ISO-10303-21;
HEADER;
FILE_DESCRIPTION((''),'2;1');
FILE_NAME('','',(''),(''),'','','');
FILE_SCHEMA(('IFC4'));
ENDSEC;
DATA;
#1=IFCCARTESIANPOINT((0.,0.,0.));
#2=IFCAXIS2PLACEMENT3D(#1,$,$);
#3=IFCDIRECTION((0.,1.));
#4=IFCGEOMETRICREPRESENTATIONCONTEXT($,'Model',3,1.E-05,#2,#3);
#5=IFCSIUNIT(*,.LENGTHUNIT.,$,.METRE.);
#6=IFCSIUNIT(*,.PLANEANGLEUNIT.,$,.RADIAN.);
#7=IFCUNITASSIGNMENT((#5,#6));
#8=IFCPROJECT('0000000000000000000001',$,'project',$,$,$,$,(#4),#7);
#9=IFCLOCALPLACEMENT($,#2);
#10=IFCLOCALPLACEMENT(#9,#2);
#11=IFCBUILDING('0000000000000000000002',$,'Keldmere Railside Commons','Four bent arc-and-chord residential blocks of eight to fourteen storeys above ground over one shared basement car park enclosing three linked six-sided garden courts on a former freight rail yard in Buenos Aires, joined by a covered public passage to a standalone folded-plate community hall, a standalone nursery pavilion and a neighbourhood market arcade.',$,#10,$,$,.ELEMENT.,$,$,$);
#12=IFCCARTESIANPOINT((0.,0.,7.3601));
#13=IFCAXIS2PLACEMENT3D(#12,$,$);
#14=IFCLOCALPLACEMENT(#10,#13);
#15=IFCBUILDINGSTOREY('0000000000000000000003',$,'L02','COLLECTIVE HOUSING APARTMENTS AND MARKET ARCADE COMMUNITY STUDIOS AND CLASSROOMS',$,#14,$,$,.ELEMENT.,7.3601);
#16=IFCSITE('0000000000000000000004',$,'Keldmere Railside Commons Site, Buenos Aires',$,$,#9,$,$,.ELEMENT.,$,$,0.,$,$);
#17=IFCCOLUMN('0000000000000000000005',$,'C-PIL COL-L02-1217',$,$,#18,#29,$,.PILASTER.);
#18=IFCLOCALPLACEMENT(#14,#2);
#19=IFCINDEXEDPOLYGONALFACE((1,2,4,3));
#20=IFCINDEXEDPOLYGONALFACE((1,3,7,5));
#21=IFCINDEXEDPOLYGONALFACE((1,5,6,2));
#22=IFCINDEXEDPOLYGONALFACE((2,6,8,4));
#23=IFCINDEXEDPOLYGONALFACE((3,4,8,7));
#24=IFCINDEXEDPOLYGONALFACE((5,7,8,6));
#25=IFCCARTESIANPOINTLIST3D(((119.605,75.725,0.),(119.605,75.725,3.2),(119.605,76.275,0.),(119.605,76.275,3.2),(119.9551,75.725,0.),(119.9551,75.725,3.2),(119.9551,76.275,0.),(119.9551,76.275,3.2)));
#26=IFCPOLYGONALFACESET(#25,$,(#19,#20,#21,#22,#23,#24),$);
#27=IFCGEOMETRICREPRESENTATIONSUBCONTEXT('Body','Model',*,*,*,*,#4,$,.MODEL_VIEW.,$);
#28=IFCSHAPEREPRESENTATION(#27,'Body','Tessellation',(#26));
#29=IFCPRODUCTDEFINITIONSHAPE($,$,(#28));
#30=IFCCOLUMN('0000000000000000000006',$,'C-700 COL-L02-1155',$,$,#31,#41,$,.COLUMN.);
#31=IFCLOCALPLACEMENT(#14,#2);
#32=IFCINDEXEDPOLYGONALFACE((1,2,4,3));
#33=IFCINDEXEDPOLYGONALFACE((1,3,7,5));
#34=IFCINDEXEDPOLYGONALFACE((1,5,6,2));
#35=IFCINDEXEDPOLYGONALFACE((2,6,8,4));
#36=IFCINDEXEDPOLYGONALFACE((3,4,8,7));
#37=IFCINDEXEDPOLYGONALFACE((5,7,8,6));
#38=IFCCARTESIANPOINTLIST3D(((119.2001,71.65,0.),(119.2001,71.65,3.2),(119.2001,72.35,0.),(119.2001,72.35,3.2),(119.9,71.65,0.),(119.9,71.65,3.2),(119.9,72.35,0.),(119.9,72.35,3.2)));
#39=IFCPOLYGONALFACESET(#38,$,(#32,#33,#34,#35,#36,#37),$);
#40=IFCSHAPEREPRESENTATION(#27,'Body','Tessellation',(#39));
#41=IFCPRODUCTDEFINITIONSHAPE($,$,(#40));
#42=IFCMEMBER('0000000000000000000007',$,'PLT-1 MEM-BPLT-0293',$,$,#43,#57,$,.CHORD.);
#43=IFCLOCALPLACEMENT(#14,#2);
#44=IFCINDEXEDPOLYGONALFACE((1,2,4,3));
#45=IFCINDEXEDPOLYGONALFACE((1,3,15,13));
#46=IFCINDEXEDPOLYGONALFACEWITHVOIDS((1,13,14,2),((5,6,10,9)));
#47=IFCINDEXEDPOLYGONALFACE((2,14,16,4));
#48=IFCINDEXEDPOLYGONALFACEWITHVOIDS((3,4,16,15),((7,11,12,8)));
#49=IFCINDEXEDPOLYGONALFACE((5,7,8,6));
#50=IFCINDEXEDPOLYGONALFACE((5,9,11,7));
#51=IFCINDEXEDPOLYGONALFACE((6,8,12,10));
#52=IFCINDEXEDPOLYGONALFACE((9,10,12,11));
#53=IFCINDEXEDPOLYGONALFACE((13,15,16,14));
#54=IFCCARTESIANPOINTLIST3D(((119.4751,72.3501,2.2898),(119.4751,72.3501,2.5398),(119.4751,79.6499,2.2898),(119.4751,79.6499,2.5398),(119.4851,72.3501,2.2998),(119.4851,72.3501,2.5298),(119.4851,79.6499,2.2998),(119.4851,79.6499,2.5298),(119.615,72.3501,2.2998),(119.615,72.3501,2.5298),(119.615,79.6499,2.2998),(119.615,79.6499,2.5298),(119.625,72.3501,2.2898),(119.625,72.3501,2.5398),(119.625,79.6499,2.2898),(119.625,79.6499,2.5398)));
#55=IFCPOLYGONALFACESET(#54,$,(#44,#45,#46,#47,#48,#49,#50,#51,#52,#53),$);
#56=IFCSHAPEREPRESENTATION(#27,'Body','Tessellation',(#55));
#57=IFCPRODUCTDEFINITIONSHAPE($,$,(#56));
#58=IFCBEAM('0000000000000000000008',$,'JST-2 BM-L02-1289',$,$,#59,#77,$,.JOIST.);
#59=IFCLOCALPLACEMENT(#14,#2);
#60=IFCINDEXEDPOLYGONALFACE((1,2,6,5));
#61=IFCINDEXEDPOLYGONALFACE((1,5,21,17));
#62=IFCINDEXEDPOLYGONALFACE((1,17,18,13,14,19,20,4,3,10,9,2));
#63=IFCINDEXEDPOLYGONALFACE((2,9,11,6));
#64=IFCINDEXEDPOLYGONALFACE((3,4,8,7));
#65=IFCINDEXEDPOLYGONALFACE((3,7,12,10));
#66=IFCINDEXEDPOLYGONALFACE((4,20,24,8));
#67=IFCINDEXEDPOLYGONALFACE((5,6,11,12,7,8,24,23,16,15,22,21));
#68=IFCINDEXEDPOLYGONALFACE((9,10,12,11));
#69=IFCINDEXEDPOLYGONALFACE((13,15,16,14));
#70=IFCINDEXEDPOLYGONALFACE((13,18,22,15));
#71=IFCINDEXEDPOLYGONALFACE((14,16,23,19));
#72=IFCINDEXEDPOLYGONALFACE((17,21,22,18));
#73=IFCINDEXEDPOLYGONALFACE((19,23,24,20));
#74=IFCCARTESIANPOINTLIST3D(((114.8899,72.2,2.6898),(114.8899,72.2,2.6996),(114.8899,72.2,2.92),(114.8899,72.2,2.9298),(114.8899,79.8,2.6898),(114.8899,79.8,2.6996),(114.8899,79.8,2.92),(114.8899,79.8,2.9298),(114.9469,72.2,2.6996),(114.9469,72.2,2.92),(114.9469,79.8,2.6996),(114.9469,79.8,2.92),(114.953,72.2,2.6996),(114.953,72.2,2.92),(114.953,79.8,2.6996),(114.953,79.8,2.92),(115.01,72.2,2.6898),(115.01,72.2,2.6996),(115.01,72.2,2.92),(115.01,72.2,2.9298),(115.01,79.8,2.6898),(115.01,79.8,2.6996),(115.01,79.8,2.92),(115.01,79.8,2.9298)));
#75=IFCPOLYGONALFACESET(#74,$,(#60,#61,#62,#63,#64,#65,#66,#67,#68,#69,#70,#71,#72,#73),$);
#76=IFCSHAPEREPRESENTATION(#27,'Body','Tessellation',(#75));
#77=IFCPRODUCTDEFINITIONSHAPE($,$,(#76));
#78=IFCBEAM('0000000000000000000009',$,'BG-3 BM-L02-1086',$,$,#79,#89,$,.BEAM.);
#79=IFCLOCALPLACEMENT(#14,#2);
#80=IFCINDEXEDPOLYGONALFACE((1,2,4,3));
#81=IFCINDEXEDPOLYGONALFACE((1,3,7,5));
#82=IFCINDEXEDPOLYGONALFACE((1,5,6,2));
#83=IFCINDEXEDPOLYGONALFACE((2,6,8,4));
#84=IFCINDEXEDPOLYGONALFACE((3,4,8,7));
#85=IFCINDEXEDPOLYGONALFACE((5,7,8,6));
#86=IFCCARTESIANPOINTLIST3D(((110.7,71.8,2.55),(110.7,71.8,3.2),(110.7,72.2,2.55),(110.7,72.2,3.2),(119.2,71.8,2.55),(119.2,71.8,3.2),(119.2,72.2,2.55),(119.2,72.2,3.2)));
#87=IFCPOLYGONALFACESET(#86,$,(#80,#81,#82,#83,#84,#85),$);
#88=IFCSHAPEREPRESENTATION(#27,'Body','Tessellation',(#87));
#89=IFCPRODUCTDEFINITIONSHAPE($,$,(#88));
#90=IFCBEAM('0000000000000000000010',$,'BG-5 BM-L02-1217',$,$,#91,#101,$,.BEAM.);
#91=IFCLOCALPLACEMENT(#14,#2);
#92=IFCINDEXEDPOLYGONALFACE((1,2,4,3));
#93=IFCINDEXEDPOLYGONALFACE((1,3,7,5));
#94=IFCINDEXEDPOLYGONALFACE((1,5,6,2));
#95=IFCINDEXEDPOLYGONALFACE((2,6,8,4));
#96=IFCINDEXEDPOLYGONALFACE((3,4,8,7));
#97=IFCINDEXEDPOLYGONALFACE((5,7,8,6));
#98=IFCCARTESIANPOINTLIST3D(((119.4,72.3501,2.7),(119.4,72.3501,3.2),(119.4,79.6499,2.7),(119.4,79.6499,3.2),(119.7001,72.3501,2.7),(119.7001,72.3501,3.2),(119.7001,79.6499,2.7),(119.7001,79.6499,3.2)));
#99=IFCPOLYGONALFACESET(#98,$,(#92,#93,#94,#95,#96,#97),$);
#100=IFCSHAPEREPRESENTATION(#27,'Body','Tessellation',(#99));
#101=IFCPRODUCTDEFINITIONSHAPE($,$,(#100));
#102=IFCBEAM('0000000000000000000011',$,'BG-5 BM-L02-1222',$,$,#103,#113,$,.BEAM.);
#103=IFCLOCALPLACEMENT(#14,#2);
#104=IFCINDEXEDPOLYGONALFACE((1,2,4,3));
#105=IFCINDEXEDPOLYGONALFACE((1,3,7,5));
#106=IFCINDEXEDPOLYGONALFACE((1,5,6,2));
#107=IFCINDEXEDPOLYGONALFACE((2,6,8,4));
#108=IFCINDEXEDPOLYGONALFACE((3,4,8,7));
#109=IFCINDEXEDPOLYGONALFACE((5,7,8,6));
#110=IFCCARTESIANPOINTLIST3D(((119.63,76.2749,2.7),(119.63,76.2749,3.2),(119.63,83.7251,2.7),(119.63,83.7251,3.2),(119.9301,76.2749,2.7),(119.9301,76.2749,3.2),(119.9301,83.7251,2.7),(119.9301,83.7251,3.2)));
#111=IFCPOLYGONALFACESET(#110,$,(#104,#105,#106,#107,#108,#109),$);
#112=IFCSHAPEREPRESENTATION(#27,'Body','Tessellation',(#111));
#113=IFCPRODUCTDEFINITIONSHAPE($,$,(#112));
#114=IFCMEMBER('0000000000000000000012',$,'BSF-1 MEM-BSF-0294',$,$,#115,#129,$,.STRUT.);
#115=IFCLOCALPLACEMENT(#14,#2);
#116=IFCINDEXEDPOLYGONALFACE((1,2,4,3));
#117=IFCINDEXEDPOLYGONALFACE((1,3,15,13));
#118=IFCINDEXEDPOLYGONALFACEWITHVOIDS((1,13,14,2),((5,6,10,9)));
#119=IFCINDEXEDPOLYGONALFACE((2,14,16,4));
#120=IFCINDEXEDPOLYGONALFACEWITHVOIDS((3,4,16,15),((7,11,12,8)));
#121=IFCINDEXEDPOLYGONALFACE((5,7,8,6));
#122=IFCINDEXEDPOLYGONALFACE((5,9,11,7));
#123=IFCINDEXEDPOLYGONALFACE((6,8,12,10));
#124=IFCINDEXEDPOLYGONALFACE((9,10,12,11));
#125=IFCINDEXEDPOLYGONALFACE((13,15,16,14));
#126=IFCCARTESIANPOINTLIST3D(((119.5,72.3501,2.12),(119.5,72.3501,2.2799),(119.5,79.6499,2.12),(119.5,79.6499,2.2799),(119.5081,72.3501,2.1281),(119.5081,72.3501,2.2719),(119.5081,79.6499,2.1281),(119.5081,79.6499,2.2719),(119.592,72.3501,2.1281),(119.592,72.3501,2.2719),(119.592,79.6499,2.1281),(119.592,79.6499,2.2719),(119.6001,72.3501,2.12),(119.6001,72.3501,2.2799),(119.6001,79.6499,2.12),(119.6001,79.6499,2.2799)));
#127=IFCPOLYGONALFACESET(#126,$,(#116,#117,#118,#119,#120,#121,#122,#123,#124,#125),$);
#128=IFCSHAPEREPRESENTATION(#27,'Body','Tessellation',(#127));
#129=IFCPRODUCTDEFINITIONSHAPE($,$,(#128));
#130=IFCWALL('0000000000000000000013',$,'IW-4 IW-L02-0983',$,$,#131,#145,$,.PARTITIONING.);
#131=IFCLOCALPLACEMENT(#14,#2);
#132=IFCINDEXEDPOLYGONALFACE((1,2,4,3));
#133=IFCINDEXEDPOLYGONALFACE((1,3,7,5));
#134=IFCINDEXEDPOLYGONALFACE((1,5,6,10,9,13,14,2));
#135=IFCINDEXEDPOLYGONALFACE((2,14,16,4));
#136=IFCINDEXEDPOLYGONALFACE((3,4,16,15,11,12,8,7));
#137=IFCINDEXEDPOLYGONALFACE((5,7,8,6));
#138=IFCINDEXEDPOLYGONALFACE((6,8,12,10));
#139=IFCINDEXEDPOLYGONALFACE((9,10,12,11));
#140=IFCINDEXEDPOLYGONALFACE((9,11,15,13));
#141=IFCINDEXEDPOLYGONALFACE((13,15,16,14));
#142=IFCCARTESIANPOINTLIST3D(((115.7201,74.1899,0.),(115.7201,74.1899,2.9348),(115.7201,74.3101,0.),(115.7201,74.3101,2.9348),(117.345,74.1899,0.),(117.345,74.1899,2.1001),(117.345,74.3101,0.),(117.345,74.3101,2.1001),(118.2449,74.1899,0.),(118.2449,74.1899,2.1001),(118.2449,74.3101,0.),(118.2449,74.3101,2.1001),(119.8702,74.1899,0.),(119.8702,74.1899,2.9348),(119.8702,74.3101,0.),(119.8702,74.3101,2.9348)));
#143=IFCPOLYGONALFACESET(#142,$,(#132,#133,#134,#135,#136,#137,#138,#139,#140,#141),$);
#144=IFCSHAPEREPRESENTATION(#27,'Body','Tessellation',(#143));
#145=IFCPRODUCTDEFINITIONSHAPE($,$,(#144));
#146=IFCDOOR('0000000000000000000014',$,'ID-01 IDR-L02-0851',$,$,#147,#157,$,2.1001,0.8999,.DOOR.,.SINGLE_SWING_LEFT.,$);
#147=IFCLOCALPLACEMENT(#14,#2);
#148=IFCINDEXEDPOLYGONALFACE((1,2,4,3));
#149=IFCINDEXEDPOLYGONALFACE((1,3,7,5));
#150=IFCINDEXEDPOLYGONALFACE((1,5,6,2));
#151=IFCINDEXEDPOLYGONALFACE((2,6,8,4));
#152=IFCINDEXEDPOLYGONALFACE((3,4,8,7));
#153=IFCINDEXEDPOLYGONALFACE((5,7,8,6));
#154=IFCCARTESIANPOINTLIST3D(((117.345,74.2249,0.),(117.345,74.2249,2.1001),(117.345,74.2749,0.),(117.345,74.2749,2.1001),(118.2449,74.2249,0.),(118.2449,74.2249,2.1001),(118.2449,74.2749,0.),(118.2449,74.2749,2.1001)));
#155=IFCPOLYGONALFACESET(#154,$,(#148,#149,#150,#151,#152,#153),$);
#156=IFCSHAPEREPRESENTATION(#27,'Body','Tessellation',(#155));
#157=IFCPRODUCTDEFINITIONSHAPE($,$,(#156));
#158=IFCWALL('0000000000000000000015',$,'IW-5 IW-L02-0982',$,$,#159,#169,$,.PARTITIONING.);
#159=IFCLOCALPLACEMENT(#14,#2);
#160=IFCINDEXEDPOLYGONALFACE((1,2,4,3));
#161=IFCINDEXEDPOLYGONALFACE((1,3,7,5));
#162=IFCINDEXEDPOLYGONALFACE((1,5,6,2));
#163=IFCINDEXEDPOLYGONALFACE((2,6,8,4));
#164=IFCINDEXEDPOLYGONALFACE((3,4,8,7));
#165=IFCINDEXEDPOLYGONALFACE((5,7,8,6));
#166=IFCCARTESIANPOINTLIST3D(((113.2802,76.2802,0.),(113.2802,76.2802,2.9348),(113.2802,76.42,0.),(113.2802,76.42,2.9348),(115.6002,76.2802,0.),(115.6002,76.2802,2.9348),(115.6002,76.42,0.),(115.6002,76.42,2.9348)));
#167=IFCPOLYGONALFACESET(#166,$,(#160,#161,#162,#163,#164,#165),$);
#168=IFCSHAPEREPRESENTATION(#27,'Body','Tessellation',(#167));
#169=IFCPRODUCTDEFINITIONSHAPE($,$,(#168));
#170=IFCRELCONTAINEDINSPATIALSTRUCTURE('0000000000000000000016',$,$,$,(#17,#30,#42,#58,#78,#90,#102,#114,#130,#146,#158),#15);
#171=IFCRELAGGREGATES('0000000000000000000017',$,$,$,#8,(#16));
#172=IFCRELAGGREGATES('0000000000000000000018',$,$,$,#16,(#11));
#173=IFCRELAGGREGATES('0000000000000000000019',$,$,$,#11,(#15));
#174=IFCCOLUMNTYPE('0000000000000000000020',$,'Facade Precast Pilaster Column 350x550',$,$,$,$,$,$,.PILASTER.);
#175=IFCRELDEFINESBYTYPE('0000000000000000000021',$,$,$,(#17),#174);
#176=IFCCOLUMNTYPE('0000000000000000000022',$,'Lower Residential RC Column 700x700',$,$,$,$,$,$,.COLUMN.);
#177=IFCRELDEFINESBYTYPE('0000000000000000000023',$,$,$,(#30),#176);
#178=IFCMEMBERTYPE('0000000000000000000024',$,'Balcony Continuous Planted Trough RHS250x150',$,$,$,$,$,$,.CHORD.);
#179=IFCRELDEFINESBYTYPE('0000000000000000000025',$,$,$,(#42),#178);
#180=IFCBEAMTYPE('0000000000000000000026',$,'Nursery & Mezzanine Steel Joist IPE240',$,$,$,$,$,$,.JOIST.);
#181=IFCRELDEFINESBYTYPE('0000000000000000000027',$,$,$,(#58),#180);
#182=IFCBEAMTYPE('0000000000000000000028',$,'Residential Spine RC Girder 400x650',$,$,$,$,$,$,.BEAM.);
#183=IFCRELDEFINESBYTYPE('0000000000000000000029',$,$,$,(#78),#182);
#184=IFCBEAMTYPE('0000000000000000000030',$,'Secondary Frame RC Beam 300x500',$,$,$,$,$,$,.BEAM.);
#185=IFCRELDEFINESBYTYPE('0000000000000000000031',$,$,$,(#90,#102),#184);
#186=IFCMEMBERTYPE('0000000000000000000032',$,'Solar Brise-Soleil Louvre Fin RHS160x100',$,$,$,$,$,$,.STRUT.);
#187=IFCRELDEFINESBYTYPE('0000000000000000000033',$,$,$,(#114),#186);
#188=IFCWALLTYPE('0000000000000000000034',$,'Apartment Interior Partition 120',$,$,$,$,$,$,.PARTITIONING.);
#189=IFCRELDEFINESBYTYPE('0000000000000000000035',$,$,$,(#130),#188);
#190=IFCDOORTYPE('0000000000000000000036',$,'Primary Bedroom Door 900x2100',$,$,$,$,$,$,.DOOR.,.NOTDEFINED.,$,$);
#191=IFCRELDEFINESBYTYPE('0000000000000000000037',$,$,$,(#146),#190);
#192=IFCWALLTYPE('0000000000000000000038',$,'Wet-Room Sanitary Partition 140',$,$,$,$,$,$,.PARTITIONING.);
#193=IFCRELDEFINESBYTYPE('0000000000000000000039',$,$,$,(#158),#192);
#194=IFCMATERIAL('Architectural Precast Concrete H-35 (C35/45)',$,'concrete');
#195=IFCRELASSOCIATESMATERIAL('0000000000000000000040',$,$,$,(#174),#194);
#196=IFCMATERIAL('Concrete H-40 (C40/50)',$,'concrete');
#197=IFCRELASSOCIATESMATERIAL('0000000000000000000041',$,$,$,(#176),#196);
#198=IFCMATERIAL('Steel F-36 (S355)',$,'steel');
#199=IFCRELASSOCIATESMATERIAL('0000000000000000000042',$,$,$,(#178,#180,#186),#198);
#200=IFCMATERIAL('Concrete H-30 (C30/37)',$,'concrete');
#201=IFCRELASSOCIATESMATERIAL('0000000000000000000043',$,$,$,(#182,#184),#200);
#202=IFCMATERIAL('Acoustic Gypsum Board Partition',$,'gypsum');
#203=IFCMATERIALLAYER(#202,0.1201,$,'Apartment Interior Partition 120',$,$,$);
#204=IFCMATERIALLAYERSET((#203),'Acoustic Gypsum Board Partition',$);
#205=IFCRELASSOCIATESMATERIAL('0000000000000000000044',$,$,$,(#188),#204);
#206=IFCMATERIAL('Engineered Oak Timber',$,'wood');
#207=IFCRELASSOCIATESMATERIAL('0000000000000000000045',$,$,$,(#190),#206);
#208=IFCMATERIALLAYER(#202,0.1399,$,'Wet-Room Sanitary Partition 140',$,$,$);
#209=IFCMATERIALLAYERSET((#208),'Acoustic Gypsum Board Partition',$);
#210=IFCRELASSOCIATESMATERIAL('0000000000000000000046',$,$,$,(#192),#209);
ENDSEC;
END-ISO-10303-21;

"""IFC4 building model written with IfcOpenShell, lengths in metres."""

from ifc_helpers import new_model, si_unit, direction, frame, frame_2d, origin, origin_2d, place, context, subcontext, project, spatial, rectangle, hollow_rectangle, i_section, extrude, material, layer, layer_set, material_profile, profile_set, type_object, element, fill, save


model = new_model("IFC4")

# Units and contexts
model_context = context("Model", 3, precision=1e-05, world=origin(), true_north=direction((0.0, 1.0)))
body_context = subcontext(model_context, "Body", "Model", "MODEL_VIEW")
ifc_project = project(units=[si_unit("LENGTHUNIT", "METRE"), si_unit("PLANEANGLEUNIT", "RADIAN")], contexts=[model_context])

# Site, building, storey
site_placement = place(None, origin())
site = spatial("IfcSite", under=ifc_project, at=site_placement, Name="Keldmere Railside Commons Site, Buenos Aires", CompositionType="ELEMENT", RefElevation=0.0)
building_placement = place(site_placement, origin())
building = spatial("IfcBuilding", under=site, at=building_placement, Name="Keldmere Railside Commons", Description="Four bent arc-and-chord residential blocks of eight to fourteen storeys above ground over one shared basement car park enclosing three linked six-sided garden courts on a former freight rail yard in Buenos Aires, joined by a covered public passage to a standalone folded-plate community hall, a standalone nursery pavilion and a neighbourhood market arcade.", CompositionType="ELEMENT")
storey_placement = place(building_placement, frame((0.0, 0.0, 7.3601)))
storey = spatial("IfcBuildingStorey", under=building, at=storey_placement, Name="L02", Description="COLLECTIVE HOUSING APARTMENTS AND MARKET ARCADE COMMUNITY STUDIOS AND CLASSROOMS", CompositionType="ELEMENT", Elevation=7.3601)

# Columns
ifc_material_1 = material(Name="Architectural Precast Concrete H-35 (C35/45)", Category="concrete")
ifc_material_profile_1 = material_profile(ifc_material_1, rectangle(XDim=0.3501, YDim=0.55, at=origin_2d()), Name="RC-350x550")
ifc_profile_set_1 = profile_set([ifc_material_profile_1], Name="Architectural Precast Concrete H-35 (C35/45)")
column_type_1 = type_object("IfcColumnType", Name="Facade Precast Pilaster Column 350x550", PredefinedType="PILASTER", material=ifc_profile_set_1)
column_1_placement = place(storey_placement, frame((119.78, 76.0, 0.0), z_axis=(0.0, 0.0, 1.0), x_axis=(1.0, 0.0, 0.0)))
element("IfcColumn", 1, at=column_1_placement, inside=storey, type_object=column_type_1, Name="C-PIL COL-L02-1217", PredefinedType="PILASTER", context=body_context, shape_type="SweptSolid", body=[
    extrude(rectangle(XDim=0.3501, YDim=0.55, at=origin_2d()), origin(), (0.0, 0.0, 1.0), 3.2),
])
ifc_material_2 = material(Name="Concrete H-40 (C40/50)", Category="concrete")
ifc_material_profile_2 = material_profile(ifc_material_2, rectangle(XDim=0.7, YDim=0.7, at=origin_2d()), Name="RC-700x700")
ifc_profile_set_2 = profile_set([ifc_material_profile_2], Name="Concrete H-40 (C40/50)")
column_type_2 = type_object("IfcColumnType", Name="Lower Residential RC Column 700x700", PredefinedType="COLUMN", material=ifc_profile_set_2)
column_2_placement = place(storey_placement, frame((119.55, 72.0, 0.0), z_axis=(0.0, 0.0, 1.0), x_axis=(1.0, 0.0, 0.0)))
element("IfcColumn", 2, at=column_2_placement, inside=storey, type_object=column_type_2, Name="C-700 COL-L02-1155", PredefinedType="COLUMN", context=body_context, shape_type="SweptSolid", body=[
    extrude(rectangle(XDim=0.7, YDim=0.7, at=origin_2d()), origin(), (0.0, 0.0, 1.0), 3.2),
])

# Member
ifc_material_3 = material(Name="Steel F-36 (S355)", Category="steel")
ifc_material_profile_3 = material_profile(ifc_material_3, hollow_rectangle(XDim=0.1499, YDim=0.25, WallThickness=0.01, at=origin_2d()), Name="RHS-250x150x10")
ifc_profile_set_3 = profile_set([ifc_material_profile_3], Name="Steel F-36 (S355)")
member_type_1 = type_object("IfcMemberType", Name="Balcony Continuous Planted Trough RHS250x150", PredefinedType="CHORD", material=ifc_profile_set_3)
member_1_placement = place(storey_placement, frame((119.55, 72.3501, 2.4148), z_axis=(0.0, 1.0, 0.0), x_axis=(-1.0, 0.0, 0.0)))
element("IfcMember", 3, at=member_1_placement, inside=storey, type_object=member_type_1, Name="PLT-1 MEM-BPLT-0293", PredefinedType="CHORD", context=body_context, shape_type="SweptSolid", body=[
    extrude(hollow_rectangle(XDim=0.1499, YDim=0.25, WallThickness=0.01, at=origin_2d()), origin(), (0.0, 0.0, 1.0), 7.2998),
])

# Beams
ifc_material_profile_4 = material_profile(ifc_material_3, i_section(OverallWidth=0.1201, OverallDepth=0.24, WebThickness=0.0061, FlangeThickness=0.0098, at=origin_2d()), Name="IPE-240")
ifc_profile_set_4 = profile_set([ifc_material_profile_4], Name="Steel F-36 (S355)")
beam_type_1 = type_object("IfcBeamType", Name="Nursery & Mezzanine Steel Joist IPE240", PredefinedType="JOIST", material=ifc_profile_set_4)
beam_1_placement = place(storey_placement, frame((114.95, 72.2, 2.8098), z_axis=(0.0, 1.0, 0.0), x_axis=(-1.0, 0.0, 0.0)))
element("IfcBeam", 4, at=beam_1_placement, inside=storey, type_object=beam_type_1, Name="JST-2 BM-L02-1289", PredefinedType="JOIST", context=body_context, shape_type="SweptSolid", body=[
    extrude(i_section(OverallWidth=0.1201, OverallDepth=0.24, WebThickness=0.0061, FlangeThickness=0.0098, at=origin_2d()), origin(), (0.0, 0.0, 1.0), 7.6001),
])
ifc_material_4 = material(Name="Concrete H-30 (C30/37)", Category="concrete")
ifc_material_profile_5 = material_profile(ifc_material_4, rectangle(XDim=0.3999, YDim=0.6499, at=origin_2d()), Name="RC-400x650")
ifc_profile_set_5 = profile_set([ifc_material_profile_5], Name="Concrete H-30 (C30/37)")
beam_type_2 = type_object("IfcBeamType", Name="Residential Spine RC Girder 400x650", PredefinedType="BEAM", material=ifc_profile_set_5)
beam_2_placement = place(storey_placement, frame((110.7, 72.0, 2.875), z_axis=(1.0, 0.0, 0.0), x_axis=(0.0, 1.0, 0.0)))
element("IfcBeam", 5, at=beam_2_placement, inside=storey, type_object=beam_type_2, Name="BG-3 BM-L02-1086", PredefinedType="BEAM", context=body_context, shape_type="SweptSolid", body=[
    extrude(rectangle(XDim=0.3999, YDim=0.6499, at=origin_2d()), origin(), (0.0, 0.0, 1.0), 8.5),
])
ifc_material_profile_6 = material_profile(ifc_material_4, rectangle(XDim=0.3, YDim=0.5, at=origin_2d()), Name="RC-300x500")
ifc_profile_set_6 = profile_set([ifc_material_profile_6], Name="Concrete H-30 (C30/37)")
beam_type_3 = type_object("IfcBeamType", Name="Secondary Frame RC Beam 300x500", PredefinedType="BEAM", material=ifc_profile_set_6)
beam_3_placement = place(storey_placement, frame((119.55, 72.3501, 2.95), z_axis=(0.0, 1.0, 0.0), x_axis=(-1.0, 0.0, 0.0)))
element("IfcBeam", 6, at=beam_3_placement, inside=storey, type_object=beam_type_3, Name="BG-5 BM-L02-1217", PredefinedType="BEAM", context=body_context, shape_type="SweptSolid", body=[
    extrude(rectangle(XDim=0.3, YDim=0.5, at=origin_2d()), origin(), (0.0, 0.0, 1.0), 7.2998),
])
beam_4_placement = place(storey_placement, frame((119.78, 76.2749, 2.95), z_axis=(0.0, 1.0, 0.0), x_axis=(-1.0, 0.0, 0.0)))
element("IfcBeam", 7, at=beam_4_placement, inside=storey, type_object=beam_type_3, Name="BG-5 BM-L02-1222", PredefinedType="BEAM", context=body_context, shape_type="SweptSolid", body=[
    extrude(rectangle(XDim=0.3, YDim=0.5, at=origin_2d()), origin(), (0.0, 0.0, 1.0), 7.4502),
])

# Member
ifc_material_profile_7 = material_profile(ifc_material_3, hollow_rectangle(XDim=0.1001, YDim=0.1599, WallThickness=0.0081, at=origin_2d()), Name="RHS-160x100x8")
ifc_profile_set_7 = profile_set([ifc_material_profile_7], Name="Steel F-36 (S355)")
member_type_2 = type_object("IfcMemberType", Name="Solar Brise-Soleil Louvre Fin RHS160x100", PredefinedType="STRUT", material=ifc_profile_set_7)
member_2_placement = place(storey_placement, frame((119.55, 72.3501, 2.2), z_axis=(0.0, 1.0, 0.0), x_axis=(-1.0, 0.0, 0.0)))
element("IfcMember", 8, at=member_2_placement, inside=storey, type_object=member_type_2, Name="BSF-1 MEM-BSF-0294", PredefinedType="STRUT", context=body_context, shape_type="SweptSolid", body=[
    extrude(hollow_rectangle(XDim=0.1001, YDim=0.1599, WallThickness=0.0081, at=origin_2d()), origin(), (0.0, 0.0, 1.0), 7.2998),
])

# Wall, opening, door
ifc_material_5 = material(Name="Acoustic Gypsum Board Partition", Category="gypsum")
ifc_layer_1 = layer(ifc_material_5, 0.1201, Name="Apartment Interior Partition 120")
ifc_layer_set_1 = layer_set([ifc_layer_1], Name="Acoustic Gypsum Board Partition")
wall_type_1 = type_object("IfcWallType", Name="Apartment Interior Partition 120", PredefinedType="PARTITIONING", material=ifc_layer_set_1)
wall_1_placement = place(storey_placement, frame((115.72, 74.25, 0.0), z_axis=(0.0, 0.0, 1.0), x_axis=(1.0, 0.0, 0.0)))
wall_1 = element("IfcWall", 9, at=wall_1_placement, inside=storey, type_object=wall_type_1, Name="IW-4 IW-L02-0983", PredefinedType="PARTITIONING", context=body_context, shape_type="SweptSolid", body=[
    extrude(rectangle(XDim=4.1501, YDim=0.1201, at=frame_2d((2.0752, 0.0))), origin(), (0.0, 0.0, 1.0), 2.9348),
])
opening_placement = place(wall_1_placement, frame((1.625, 0.0, 0.0)))
opening = element("IfcOpeningElement", 10, at=opening_placement, cuts=wall_1, PredefinedType="OPENING", context=body_context, shape_type="SweptSolid", body=[
    extrude(rectangle(XDim=0.8999, YDim=2.1001, at=frame_2d((0.45, 1.05))), frame((0.0, 0.0701, 0.0), z_axis=(0.0, -1.0, 0.0), x_axis=(1.0, 0.0, 0.0)), (0.0, 0.0, 1.0), 0.1401),
])
ifc_material_6 = material(Name="Engineered Oak Timber", Category="wood")
door_type = type_object("IfcDoorType", Name="Primary Bedroom Door 900x2100", OperationType="NOTDEFINED", PredefinedType="DOOR", material=ifc_material_6)
door_placement = place(opening_placement, origin())
door = element("IfcDoor", 11, at=door_placement, inside=storey, type_object=door_type, Name="ID-01 IDR-L02-0851", OperationType="SINGLE_SWING_LEFT", OverallHeight=2.1001, OverallWidth=0.8999, PredefinedType="DOOR", context=body_context, shape_type="SweptSolid", body=[
    extrude(rectangle(XDim=0.8999, YDim=2.1001, at=frame_2d((0.45, 1.05))), frame((0.0, 0.0249, 0.0), z_axis=(0.0, -1.0, 0.0), x_axis=(1.0, 0.0, 0.0)), (0.0, 0.0, 1.0), 0.05),
])
fill(opening, door)

# Wall
ifc_layer_2 = layer(ifc_material_5, 0.1399, Name="Wet-Room Sanitary Partition 140")
ifc_layer_set_2 = layer_set([ifc_layer_2], Name="Acoustic Gypsum Board Partition")
wall_type_2 = type_object("IfcWallType", Name="Wet-Room Sanitary Partition 140", PredefinedType="PARTITIONING", material=ifc_layer_set_2)
wall_2_placement = place(storey_placement, frame((113.28, 76.3501, 0.0), z_axis=(0.0, 0.0, 1.0), x_axis=(1.0, 0.0, 0.0)))
element("IfcWall", 12, at=wall_2_placement, inside=storey, type_object=wall_type_2, Name="IW-5 IW-L02-0982", PredefinedType="PARTITIONING", context=body_context, shape_type="SweptSolid", body=[
    extrude(rectangle(XDim=2.3201, YDim=0.1399, at=frame_2d((1.1602, 0.0))), origin(), (0.0, 0.0, 1.0), 2.9348),
])

save(model, "model.ifc")
